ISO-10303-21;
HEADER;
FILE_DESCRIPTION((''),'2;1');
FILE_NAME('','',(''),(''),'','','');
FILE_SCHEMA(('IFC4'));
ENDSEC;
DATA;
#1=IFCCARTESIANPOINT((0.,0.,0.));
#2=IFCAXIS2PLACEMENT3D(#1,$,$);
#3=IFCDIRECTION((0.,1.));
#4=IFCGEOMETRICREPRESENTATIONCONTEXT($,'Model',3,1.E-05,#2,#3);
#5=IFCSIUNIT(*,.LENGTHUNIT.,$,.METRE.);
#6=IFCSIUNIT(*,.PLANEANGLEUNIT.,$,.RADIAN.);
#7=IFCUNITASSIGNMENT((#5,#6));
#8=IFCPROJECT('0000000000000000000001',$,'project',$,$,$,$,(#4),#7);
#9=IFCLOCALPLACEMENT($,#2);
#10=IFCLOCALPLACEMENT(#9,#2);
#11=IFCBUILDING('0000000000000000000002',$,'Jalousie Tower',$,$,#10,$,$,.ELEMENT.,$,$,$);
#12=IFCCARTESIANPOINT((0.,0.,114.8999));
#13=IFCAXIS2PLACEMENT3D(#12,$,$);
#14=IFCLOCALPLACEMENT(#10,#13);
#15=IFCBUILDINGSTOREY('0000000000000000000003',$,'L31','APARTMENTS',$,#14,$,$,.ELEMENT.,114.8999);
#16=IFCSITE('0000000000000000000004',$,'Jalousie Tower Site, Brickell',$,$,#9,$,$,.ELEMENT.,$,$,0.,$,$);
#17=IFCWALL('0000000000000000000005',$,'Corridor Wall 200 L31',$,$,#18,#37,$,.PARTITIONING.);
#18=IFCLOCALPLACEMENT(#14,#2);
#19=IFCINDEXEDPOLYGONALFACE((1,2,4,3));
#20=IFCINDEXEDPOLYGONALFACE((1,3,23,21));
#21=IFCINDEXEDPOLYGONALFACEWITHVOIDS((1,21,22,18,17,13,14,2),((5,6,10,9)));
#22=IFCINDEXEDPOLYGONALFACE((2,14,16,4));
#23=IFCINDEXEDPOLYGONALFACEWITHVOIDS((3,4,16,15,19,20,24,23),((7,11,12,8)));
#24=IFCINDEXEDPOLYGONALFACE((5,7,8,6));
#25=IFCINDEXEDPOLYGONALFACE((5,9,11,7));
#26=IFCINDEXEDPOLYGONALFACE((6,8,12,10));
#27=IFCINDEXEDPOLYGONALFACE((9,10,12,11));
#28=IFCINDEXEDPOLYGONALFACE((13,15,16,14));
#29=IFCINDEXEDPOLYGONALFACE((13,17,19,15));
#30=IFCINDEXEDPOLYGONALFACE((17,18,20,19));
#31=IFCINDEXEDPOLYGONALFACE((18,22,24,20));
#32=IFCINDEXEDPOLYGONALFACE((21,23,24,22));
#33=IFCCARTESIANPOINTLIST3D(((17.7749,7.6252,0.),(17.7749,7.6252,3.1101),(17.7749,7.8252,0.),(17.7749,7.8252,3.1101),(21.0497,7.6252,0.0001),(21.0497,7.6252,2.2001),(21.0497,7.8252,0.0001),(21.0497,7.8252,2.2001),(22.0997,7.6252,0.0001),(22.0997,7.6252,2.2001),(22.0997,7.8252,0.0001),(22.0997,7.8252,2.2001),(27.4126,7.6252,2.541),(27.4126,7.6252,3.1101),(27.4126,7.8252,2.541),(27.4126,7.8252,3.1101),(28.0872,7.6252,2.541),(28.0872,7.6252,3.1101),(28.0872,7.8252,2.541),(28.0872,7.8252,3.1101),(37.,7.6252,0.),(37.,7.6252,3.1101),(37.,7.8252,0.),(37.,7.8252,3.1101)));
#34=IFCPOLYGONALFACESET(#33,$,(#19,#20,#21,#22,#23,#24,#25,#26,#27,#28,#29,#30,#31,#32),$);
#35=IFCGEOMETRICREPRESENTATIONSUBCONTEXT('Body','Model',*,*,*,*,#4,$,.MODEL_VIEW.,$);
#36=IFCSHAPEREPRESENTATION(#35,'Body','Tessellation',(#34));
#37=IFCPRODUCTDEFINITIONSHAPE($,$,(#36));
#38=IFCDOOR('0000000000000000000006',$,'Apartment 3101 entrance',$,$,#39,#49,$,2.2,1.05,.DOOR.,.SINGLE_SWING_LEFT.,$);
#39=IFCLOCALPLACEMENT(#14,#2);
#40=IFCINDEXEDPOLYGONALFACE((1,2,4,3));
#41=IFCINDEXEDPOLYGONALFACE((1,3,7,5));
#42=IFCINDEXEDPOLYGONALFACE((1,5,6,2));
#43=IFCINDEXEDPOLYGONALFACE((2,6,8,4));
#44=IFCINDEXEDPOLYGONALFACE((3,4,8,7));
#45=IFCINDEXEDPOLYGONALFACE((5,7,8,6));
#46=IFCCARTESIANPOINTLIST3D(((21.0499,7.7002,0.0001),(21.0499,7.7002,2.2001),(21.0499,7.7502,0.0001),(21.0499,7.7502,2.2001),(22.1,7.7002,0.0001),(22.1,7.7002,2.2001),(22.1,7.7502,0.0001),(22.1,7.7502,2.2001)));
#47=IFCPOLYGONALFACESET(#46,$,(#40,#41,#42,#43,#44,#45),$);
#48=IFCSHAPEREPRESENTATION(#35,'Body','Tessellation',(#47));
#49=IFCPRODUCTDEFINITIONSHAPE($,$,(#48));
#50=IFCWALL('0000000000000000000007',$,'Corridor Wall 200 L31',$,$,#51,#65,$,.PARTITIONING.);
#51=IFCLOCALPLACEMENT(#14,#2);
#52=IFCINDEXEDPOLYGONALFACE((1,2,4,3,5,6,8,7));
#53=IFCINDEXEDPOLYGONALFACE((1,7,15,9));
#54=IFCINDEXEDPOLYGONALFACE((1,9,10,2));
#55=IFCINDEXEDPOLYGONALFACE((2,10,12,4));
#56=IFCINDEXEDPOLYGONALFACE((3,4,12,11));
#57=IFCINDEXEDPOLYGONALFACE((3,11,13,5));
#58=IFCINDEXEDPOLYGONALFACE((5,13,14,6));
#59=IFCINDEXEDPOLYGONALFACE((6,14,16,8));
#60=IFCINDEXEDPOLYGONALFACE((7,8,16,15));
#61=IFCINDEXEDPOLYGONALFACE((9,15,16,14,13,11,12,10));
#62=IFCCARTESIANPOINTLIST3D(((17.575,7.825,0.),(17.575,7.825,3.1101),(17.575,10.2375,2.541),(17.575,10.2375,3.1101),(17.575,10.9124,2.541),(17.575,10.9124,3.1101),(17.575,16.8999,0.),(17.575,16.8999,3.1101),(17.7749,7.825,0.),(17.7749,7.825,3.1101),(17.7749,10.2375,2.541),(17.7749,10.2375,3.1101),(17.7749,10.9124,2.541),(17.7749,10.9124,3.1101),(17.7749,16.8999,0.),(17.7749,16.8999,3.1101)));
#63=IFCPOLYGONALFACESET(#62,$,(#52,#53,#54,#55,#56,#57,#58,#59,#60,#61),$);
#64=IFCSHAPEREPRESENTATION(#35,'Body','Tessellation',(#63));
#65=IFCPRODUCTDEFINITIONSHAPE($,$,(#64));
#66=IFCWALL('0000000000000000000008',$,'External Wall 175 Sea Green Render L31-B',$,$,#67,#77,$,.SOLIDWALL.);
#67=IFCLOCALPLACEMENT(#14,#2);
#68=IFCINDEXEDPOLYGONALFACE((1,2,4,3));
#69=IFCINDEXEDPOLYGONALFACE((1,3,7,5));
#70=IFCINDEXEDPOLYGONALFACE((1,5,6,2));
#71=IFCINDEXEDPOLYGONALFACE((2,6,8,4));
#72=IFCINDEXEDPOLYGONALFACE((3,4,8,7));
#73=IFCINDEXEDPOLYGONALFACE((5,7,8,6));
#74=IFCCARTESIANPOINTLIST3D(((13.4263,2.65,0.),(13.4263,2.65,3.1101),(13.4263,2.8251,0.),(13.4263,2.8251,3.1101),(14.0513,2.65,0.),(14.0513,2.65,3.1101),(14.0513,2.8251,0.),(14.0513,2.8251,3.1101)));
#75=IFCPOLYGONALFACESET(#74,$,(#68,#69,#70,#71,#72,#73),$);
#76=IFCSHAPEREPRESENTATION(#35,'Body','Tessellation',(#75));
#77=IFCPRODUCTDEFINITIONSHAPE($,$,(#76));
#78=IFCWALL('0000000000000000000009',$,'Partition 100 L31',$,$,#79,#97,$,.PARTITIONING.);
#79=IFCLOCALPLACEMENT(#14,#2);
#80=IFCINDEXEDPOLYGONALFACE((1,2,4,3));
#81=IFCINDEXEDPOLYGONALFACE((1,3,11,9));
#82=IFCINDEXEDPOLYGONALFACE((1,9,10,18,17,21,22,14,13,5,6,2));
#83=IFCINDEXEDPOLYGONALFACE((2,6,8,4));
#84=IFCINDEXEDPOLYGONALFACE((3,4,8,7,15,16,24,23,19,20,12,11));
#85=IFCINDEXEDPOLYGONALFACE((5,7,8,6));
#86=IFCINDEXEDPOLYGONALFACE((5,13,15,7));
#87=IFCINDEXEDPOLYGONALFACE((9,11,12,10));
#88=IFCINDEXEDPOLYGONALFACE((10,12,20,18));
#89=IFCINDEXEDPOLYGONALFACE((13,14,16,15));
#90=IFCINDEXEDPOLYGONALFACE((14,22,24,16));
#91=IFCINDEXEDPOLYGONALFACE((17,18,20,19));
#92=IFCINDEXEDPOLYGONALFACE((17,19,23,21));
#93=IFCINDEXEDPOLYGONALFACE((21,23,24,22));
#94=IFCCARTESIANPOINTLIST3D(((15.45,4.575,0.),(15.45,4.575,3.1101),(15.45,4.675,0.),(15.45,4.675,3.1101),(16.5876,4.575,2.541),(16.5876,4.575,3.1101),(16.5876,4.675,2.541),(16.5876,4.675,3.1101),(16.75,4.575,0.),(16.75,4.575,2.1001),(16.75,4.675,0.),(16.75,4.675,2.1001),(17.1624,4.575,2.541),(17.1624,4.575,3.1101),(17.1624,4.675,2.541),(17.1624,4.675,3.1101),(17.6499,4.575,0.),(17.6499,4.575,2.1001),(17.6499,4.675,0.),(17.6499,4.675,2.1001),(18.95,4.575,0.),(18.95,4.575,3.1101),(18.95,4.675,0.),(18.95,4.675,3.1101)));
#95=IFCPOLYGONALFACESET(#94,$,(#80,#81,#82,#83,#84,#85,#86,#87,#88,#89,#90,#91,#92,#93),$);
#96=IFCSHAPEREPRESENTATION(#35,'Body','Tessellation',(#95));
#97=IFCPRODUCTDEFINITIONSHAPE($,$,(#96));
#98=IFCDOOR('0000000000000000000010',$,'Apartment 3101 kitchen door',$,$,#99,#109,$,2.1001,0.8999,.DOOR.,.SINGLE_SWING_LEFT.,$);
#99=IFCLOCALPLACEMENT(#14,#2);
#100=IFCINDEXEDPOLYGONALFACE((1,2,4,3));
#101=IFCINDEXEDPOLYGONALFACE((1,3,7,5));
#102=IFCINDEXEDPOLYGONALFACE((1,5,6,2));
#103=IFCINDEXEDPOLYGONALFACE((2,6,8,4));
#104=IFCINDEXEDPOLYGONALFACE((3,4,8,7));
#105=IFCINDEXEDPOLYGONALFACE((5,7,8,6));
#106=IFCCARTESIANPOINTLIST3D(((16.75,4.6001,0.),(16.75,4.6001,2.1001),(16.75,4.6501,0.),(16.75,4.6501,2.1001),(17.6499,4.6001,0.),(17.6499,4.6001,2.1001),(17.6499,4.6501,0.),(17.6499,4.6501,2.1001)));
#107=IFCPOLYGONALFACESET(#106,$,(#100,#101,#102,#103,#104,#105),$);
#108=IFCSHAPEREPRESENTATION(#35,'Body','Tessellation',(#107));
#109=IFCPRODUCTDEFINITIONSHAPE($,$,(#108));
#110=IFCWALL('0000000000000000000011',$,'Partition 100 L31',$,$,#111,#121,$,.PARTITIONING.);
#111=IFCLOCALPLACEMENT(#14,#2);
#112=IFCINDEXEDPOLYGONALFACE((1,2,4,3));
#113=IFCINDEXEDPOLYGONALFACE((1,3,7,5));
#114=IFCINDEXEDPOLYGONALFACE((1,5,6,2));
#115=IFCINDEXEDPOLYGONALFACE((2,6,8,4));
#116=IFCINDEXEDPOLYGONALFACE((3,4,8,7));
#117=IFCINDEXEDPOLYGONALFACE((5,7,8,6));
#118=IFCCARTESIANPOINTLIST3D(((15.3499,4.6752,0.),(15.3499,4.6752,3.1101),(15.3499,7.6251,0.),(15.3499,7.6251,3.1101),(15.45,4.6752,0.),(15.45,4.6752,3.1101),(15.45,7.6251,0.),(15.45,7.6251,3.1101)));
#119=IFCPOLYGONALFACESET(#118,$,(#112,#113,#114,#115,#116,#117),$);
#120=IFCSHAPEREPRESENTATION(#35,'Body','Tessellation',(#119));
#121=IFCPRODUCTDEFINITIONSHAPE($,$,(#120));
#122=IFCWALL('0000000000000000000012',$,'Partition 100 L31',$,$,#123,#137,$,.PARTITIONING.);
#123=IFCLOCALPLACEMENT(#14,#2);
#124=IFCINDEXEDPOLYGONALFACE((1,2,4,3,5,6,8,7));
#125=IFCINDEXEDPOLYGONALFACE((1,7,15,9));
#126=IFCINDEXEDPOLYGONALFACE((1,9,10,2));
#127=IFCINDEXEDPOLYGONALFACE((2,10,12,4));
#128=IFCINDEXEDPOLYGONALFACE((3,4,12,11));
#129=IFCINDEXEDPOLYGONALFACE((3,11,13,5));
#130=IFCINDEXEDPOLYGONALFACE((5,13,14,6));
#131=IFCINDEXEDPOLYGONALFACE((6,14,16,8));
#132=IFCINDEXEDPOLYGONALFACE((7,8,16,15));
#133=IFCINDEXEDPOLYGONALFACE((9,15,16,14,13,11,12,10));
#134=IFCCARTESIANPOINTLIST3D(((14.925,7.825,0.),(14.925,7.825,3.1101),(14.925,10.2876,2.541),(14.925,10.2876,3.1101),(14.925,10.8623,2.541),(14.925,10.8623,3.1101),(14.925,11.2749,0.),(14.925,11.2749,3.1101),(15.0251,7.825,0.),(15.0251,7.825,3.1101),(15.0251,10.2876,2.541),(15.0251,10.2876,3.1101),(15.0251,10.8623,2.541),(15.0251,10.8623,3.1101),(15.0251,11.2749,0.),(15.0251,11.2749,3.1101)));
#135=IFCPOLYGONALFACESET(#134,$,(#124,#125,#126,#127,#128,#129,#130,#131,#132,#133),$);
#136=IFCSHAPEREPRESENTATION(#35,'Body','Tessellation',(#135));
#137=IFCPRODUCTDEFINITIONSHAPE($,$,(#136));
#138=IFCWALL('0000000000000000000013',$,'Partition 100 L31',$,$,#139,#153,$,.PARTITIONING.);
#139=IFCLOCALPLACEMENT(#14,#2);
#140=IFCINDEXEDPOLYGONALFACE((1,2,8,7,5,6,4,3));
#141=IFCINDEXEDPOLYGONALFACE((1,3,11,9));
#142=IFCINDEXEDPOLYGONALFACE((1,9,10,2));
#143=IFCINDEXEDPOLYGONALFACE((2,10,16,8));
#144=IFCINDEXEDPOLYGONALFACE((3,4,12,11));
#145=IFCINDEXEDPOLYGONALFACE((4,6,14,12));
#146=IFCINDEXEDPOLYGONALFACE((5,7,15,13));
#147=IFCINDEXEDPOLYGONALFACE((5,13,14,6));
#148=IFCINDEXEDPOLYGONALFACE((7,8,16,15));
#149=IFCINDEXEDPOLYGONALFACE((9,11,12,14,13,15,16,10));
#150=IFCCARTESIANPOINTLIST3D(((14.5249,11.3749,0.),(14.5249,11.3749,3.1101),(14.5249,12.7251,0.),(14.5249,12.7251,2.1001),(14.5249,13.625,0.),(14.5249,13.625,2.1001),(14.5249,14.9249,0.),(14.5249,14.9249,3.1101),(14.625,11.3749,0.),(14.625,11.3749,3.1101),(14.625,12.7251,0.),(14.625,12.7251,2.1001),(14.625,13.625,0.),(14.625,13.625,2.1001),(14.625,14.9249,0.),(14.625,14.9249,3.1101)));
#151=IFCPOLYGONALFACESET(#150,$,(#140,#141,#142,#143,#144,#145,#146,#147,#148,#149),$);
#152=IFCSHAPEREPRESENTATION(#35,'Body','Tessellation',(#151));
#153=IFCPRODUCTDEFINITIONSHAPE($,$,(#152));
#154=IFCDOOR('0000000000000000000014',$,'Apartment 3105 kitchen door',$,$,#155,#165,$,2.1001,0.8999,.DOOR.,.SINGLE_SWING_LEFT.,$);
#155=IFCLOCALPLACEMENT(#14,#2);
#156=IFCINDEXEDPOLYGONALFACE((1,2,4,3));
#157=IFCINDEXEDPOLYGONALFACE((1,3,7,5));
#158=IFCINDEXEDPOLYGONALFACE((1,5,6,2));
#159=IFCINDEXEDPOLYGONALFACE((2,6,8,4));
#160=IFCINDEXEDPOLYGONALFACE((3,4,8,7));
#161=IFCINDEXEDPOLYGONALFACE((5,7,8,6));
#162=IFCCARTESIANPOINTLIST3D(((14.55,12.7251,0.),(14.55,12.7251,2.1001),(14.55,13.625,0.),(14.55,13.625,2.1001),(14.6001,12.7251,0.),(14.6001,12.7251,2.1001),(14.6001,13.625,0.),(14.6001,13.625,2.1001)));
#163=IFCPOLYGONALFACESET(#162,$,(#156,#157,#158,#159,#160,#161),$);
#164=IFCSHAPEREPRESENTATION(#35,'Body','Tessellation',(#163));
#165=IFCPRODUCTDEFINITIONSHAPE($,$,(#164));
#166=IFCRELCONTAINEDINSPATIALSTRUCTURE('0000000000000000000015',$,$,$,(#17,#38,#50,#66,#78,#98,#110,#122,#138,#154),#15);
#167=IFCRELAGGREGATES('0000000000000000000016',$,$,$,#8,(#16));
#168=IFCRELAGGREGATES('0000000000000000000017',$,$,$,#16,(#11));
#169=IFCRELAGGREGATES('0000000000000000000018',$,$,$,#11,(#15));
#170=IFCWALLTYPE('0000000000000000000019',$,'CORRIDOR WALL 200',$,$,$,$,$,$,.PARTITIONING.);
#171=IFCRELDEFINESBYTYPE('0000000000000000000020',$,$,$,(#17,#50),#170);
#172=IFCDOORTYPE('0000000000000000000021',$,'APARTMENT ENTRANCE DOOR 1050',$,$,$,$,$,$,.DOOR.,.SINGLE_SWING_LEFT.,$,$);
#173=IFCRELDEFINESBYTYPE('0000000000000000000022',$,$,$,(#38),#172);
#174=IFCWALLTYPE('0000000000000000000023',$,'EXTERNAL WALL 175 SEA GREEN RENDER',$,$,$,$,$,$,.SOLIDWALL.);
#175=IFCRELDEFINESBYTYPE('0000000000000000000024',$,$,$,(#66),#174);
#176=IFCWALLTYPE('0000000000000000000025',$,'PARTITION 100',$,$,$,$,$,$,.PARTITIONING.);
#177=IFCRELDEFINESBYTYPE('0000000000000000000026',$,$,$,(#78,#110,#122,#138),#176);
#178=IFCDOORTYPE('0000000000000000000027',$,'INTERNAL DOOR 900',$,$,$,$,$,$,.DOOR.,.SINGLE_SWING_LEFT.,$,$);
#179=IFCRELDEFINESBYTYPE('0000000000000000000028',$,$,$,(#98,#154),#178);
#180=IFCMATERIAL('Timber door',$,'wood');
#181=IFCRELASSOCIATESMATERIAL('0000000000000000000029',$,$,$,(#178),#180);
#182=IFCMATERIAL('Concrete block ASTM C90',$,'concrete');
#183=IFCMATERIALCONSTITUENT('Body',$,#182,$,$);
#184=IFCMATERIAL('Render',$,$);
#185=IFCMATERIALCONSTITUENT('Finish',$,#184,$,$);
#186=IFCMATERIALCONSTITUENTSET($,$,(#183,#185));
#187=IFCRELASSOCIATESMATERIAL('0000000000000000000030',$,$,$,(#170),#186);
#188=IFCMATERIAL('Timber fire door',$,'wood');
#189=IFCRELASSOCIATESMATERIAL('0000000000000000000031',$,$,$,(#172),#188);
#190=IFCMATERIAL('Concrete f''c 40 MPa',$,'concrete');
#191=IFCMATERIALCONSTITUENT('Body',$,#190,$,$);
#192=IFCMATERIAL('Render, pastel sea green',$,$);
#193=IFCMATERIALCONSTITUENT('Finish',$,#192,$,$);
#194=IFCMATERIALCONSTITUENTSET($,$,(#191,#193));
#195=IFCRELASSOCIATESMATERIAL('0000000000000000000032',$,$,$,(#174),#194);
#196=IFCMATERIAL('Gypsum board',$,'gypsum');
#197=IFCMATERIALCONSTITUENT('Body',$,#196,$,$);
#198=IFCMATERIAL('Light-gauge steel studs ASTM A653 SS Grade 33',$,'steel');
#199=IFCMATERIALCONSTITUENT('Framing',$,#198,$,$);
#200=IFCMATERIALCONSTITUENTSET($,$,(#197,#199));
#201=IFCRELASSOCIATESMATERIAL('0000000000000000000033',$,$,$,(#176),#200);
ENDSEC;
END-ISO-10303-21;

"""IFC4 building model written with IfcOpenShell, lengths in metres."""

from ifc_helpers import new_model, si_unit, direction, frame, frame_2d, origin, place, context, subcontext, project, spatial, polyline, rectangle, outline, extrude, material, constituent, constituent_set, type_object, element, fill, save


model = new_model("IFC4")

# Units and contexts
model_context = context("Model", 3, precision=1e-05, world=origin(), true_north=direction((0.0, 1.0)))
body_context = subcontext(model_context, "Body", "Model", "MODEL_VIEW")
ifc_project = project(units=[si_unit("LENGTHUNIT", "METRE"), si_unit("PLANEANGLEUNIT", "RADIAN")], contexts=[model_context])

# Site, building, storey
site_placement = place(None, origin())
site = spatial("IfcSite", under=ifc_project, at=site_placement, Name="Jalousie Tower Site, Brickell", CompositionType="ELEMENT", RefElevation=0.0)
building_placement = place(site_placement, origin())
building = spatial("IfcBuilding", under=site, at=building_placement, Name="Jalousie Tower", CompositionType="ELEMENT")
storey_placement = place(building_placement, frame((0.0, 0.0, 114.8999)))
storey = spatial("IfcBuildingStorey", under=building, at=storey_placement, Name="L31", Description="APARTMENTS", CompositionType="ELEMENT", Elevation=114.8999)

# Shared definitions
ifc_material_1 = material(Name="Timber door", Category="wood")
door_type_1 = type_object("IfcDoorType", Name="INTERNAL DOOR 900", OperationType="SINGLE_SWING_LEFT", PredefinedType="DOOR", material=ifc_material_1)

# Wall, opening, door
ifc_material_2 = material(Name="Concrete block ASTM C90", Category="concrete")
ifc_constituent_1 = constituent(ifc_material_2, Name="Body")
ifc_material_3 = material(Name="Render")
ifc_constituent_2 = constituent(ifc_material_3, Name="Finish")
ifc_constituent_set_1 = constituent_set(constituents=[ifc_constituent_1, ifc_constituent_2])
wall_type_1 = type_object("IfcWallType", Name="CORRIDOR WALL 200", PredefinedType="PARTITIONING", material=ifc_constituent_set_1)
wall_1_placement = place(storey_placement, frame((17.7749, 7.7251, 0.0), z_axis=(0.0, 0.0, 1.0), x_axis=(1.0, 0.0, 0.0)))
wall_1 = element("IfcWall", 1, at=wall_1_placement, inside=storey, type_object=wall_type_1, Name="Corridor Wall 200 L31", PredefinedType="PARTITIONING", context=body_context, shape_type="SweptSolid", body=[
    extrude(outline(polyline([(0.0, 0.0), (19.2251, 0.0), (19.2251, 3.1101), (10.3123, 3.1101), (10.3123, 2.541), (9.6377, 2.541), (9.6377, 3.1101), (0.0, 3.1101), (0.0, 0.0)])), frame((0.0, 0.1001, 0.0), z_axis=(0.0, -1.0, 0.0), x_axis=(1.0, 0.0, 0.0)), (0.0, 0.0, 1.0), 0.2),
])
opening_1_placement = place(wall_1_placement, frame((3.2749, 0.0, 0.0)))
opening_1 = element("IfcOpeningElement", 2, at=opening_1_placement, cuts=wall_1, PredefinedType="OPENING", context=body_context, shape_type="SweptSolid", body=[
    extrude(rectangle(XDim=1.05, YDim=2.2, at=frame_2d((0.5249, 1.1001))), frame((0.0, 0.1099, 0.0), z_axis=(0.0, -1.0, 0.0), x_axis=(1.0, 0.0, 0.0)), (0.0, 0.0, 1.0), 0.22),
])
ifc_material_4 = material(Name="Timber fire door", Category="wood")
door_type_2 = type_object("IfcDoorType", Name="APARTMENT ENTRANCE DOOR 1050", OperationType="SINGLE_SWING_LEFT", PredefinedType="DOOR", material=ifc_material_4)
door_1_placement = place(opening_1_placement, frame((1.05, 0.0, 0.0), z_axis=(0.0, 0.0, 1.0), x_axis=(-1.0, 0.0, 0.0)))
door_1 = element("IfcDoor", 3, at=door_1_placement, inside=storey, type_object=door_type_2, Name="Apartment 3101 entrance", OperationType="SINGLE_SWING_LEFT", OverallHeight=2.2, OverallWidth=1.05, PredefinedType="DOOR", context=body_context, shape_type="SweptSolid", body=[
    extrude(rectangle(XDim=1.05, YDim=2.2, at=frame_2d((0.5249, 1.1001))), frame((0.0, 0.0249, 0.0), z_axis=(0.0, -1.0, 0.0), x_axis=(1.0, 0.0, 0.0)), (0.0, 0.0, 1.0), 0.05),
])
fill(opening_1, door_1)

# Walls
wall_2_placement = place(storey_placement, frame((17.675, 7.825, 0.0), z_axis=(0.0, 0.0, 1.0), x_axis=(0.0, 1.0, 0.0)))
element("IfcWall", 4, at=wall_2_placement, inside=storey, type_object=wall_type_1, Name="Corridor Wall 200 L31", PredefinedType="PARTITIONING", context=body_context, shape_type="SweptSolid", body=[
    extrude(outline(polyline([(0.0, 0.0), (9.075, 0.0), (9.075, 3.1101), (3.0874, 3.1101), (3.0874, 2.541), (2.4126, 2.541), (2.4126, 3.1101), (0.0, 3.1101), (0.0, 0.0)])), frame((0.0, 0.1001, 0.0), z_axis=(0.0, -1.0, 0.0), x_axis=(1.0, 0.0, 0.0)), (0.0, 0.0, 1.0), 0.2),
])
ifc_material_5 = material(Name="Concrete f'c 40 MPa", Category="concrete")
ifc_constituent_3 = constituent(ifc_material_5, Name="Body")
ifc_material_6 = material(Name="Render, pastel sea green")
ifc_constituent_4 = constituent(ifc_material_6, Name="Finish")
ifc_constituent_set_2 = constituent_set(constituents=[ifc_constituent_3, ifc_constituent_4])
wall_type_2 = type_object("IfcWallType", Name="EXTERNAL WALL 175 SEA GREEN RENDER", PredefinedType="SOLIDWALL", material=ifc_constituent_set_2)
wall_3_placement = place(storey_placement, frame((13.4263, 2.7375, 0.0), z_axis=(0.0, 0.0, 1.0), x_axis=(1.0, 0.0, 0.0)))
element("IfcWall", 5, at=wall_3_placement, inside=storey, type_object=wall_type_2, Name="External Wall 175 Sea Green Render L31-B", PredefinedType="SOLIDWALL", context=body_context, shape_type="SweptSolid", body=[
    extrude(rectangle(XDim=0.625, YDim=0.175, at=frame_2d((0.3125, 0.0))), origin(), (0.0, 0.0, 1.0), 3.1101),
])

# Wall, opening, door
ifc_material_7 = material(Name="Gypsum board", Category="gypsum")
ifc_constituent_5 = constituent(ifc_material_7, Name="Body")
ifc_material_8 = material(Name="Light-gauge steel studs ASTM A653 SS Grade 33", Category="steel")
ifc_constituent_6 = constituent(ifc_material_8, Name="Framing")
ifc_constituent_set_3 = constituent_set(constituents=[ifc_constituent_5, ifc_constituent_6])
wall_type_3 = type_object("IfcWallType", Name="PARTITION 100", PredefinedType="PARTITIONING", material=ifc_constituent_set_3)
wall_4_placement = place(storey_placement, frame((15.45, 4.625, 0.0), z_axis=(0.0, 0.0, 1.0), x_axis=(1.0, 0.0, 0.0)))
wall_4 = element("IfcWall", 6, at=wall_4_placement, inside=storey, type_object=wall_type_3, Name="Partition 100 L31", PredefinedType="PARTITIONING", context=body_context, shape_type="SweptSolid", body=[
    extrude(outline(polyline([(0.0, 0.0), (3.5, 0.0), (3.5, 3.1101), (1.7124, 3.1101), (1.7124, 2.541), (1.1377, 2.541), (1.1377, 3.1101), (0.0, 3.1101), (0.0, 0.0)])), frame((0.0, 0.05, 0.0), z_axis=(0.0, -1.0, 0.0), x_axis=(1.0, 0.0, 0.0)), (0.0, 0.0, 1.0), 0.1001),
])
opening_2_placement = place(wall_4_placement, frame((1.3, 0.0, 0.0)))
opening_2 = element("IfcOpeningElement", 7, at=opening_2_placement, cuts=wall_4, PredefinedType="OPENING", context=body_context, shape_type="SweptSolid", body=[
    extrude(rectangle(XDim=0.8999, YDim=2.1001, at=frame_2d((0.45, 1.05))), frame((0.0, 0.0601, 0.0), z_axis=(0.0, -1.0, 0.0), x_axis=(1.0, 0.0, 0.0)), (0.0, 0.0, 1.0), 0.1201),
])
door_2_placement = place(opening_2_placement, frame((0.8999, 0.0, 0.0), z_axis=(0.0, 0.0, 1.0), x_axis=(-1.0, 0.0, 0.0)))
door_2 = element("IfcDoor", 8, at=door_2_placement, inside=storey, type_object=door_type_1, Name="Apartment 3101 kitchen door", OperationType="SINGLE_SWING_LEFT", OverallHeight=2.1001, OverallWidth=0.8999, PredefinedType="DOOR", context=body_context, shape_type="SweptSolid", body=[
    extrude(rectangle(XDim=0.8999, YDim=2.1001, at=frame_2d((0.45, 1.05))), frame((0.0, 0.0249, 0.0), z_axis=(0.0, -1.0, 0.0), x_axis=(1.0, 0.0, 0.0)), (0.0, 0.0, 1.0), 0.05),
])
fill(opening_2, door_2)

# Walls
wall_5_placement = place(storey_placement, frame((15.3999, 4.675, 0.0), z_axis=(0.0, 0.0, 1.0), x_axis=(0.0, 1.0, 0.0)))
element("IfcWall", 9, at=wall_5_placement, inside=storey, type_object=wall_type_3, Name="Partition 100 L31", PredefinedType="PARTITIONING", context=body_context, shape_type="SweptSolid", body=[
    extrude(rectangle(XDim=2.95, YDim=0.1001, at=frame_2d((1.4751, 0.0))), origin(), (0.0, 0.0, 1.0), 3.1101),
])
wall_6_placement = place(storey_placement, frame((14.9751, 7.825, 0.0), z_axis=(0.0, 0.0, 1.0), x_axis=(0.0, 1.0, 0.0)))
element("IfcWall", 10, at=wall_6_placement, inside=storey, type_object=wall_type_3, Name="Partition 100 L31", PredefinedType="PARTITIONING", context=body_context, shape_type="SweptSolid", body=[
    extrude(outline(polyline([(0.0, 0.0), (3.45, 0.0), (3.45, 3.1101), (3.0374, 3.1101), (3.0374, 2.541), (2.4626, 2.541), (2.4626, 3.1101), (0.0, 3.1101), (0.0, 0.0)])), frame((0.0, 0.05, 0.0), z_axis=(0.0, -1.0, 0.0), x_axis=(1.0, 0.0, 0.0)), (0.0, 0.0, 1.0), 0.1001),
])

# Wall, opening, door
wall_7_placement = place(storey_placement, frame((14.575, 11.375, 0.0), z_axis=(0.0, 0.0, 1.0), x_axis=(0.0, 1.0, 0.0)))
wall_7 = element("IfcWall", 11, at=wall_7_placement, inside=storey, type_object=wall_type_3, Name="Partition 100 L31", PredefinedType="PARTITIONING", context=body_context, shape_type="SweptSolid", body=[
    extrude(rectangle(XDim=3.55, YDim=0.1001, at=frame_2d((1.7749, 0.0))), origin(), (0.0, 0.0, 1.0), 3.1101),
])
opening_3_placement = place(wall_7_placement, frame((1.3501, 0.0, 0.0)))
opening_3 = element("IfcOpeningElement", 12, at=opening_3_placement, cuts=wall_7, PredefinedType="OPENING", context=body_context, shape_type="SweptSolid", body=[
    extrude(rectangle(XDim=0.8999, YDim=2.1001, at=frame_2d((0.45, 1.05))), frame((0.0, 0.0601, 0.0), z_axis=(0.0, -1.0, 0.0), x_axis=(1.0, 0.0, 0.0)), (0.0, 0.0, 1.0), 0.1201),
])
door_3_placement = place(opening_3_placement, origin())
door_3 = element("IfcDoor", 13, at=door_3_placement, inside=storey, type_object=door_type_1, Name="Apartment 3105 kitchen door", OperationType="SINGLE_SWING_LEFT", OverallHeight=2.1001, OverallWidth=0.8999, PredefinedType="DOOR", context=body_context, shape_type="SweptSolid", body=[
    extrude(rectangle(XDim=0.8999, YDim=2.1001, at=frame_2d((0.45, 1.05))), frame((0.0, 0.0249, 0.0), z_axis=(0.0, -1.0, 0.0), x_axis=(1.0, 0.0, 0.0)), (0.0, 0.0, 1.0), 0.05),
])
fill(opening_3, door_3)

save(model, "model.ifc")
